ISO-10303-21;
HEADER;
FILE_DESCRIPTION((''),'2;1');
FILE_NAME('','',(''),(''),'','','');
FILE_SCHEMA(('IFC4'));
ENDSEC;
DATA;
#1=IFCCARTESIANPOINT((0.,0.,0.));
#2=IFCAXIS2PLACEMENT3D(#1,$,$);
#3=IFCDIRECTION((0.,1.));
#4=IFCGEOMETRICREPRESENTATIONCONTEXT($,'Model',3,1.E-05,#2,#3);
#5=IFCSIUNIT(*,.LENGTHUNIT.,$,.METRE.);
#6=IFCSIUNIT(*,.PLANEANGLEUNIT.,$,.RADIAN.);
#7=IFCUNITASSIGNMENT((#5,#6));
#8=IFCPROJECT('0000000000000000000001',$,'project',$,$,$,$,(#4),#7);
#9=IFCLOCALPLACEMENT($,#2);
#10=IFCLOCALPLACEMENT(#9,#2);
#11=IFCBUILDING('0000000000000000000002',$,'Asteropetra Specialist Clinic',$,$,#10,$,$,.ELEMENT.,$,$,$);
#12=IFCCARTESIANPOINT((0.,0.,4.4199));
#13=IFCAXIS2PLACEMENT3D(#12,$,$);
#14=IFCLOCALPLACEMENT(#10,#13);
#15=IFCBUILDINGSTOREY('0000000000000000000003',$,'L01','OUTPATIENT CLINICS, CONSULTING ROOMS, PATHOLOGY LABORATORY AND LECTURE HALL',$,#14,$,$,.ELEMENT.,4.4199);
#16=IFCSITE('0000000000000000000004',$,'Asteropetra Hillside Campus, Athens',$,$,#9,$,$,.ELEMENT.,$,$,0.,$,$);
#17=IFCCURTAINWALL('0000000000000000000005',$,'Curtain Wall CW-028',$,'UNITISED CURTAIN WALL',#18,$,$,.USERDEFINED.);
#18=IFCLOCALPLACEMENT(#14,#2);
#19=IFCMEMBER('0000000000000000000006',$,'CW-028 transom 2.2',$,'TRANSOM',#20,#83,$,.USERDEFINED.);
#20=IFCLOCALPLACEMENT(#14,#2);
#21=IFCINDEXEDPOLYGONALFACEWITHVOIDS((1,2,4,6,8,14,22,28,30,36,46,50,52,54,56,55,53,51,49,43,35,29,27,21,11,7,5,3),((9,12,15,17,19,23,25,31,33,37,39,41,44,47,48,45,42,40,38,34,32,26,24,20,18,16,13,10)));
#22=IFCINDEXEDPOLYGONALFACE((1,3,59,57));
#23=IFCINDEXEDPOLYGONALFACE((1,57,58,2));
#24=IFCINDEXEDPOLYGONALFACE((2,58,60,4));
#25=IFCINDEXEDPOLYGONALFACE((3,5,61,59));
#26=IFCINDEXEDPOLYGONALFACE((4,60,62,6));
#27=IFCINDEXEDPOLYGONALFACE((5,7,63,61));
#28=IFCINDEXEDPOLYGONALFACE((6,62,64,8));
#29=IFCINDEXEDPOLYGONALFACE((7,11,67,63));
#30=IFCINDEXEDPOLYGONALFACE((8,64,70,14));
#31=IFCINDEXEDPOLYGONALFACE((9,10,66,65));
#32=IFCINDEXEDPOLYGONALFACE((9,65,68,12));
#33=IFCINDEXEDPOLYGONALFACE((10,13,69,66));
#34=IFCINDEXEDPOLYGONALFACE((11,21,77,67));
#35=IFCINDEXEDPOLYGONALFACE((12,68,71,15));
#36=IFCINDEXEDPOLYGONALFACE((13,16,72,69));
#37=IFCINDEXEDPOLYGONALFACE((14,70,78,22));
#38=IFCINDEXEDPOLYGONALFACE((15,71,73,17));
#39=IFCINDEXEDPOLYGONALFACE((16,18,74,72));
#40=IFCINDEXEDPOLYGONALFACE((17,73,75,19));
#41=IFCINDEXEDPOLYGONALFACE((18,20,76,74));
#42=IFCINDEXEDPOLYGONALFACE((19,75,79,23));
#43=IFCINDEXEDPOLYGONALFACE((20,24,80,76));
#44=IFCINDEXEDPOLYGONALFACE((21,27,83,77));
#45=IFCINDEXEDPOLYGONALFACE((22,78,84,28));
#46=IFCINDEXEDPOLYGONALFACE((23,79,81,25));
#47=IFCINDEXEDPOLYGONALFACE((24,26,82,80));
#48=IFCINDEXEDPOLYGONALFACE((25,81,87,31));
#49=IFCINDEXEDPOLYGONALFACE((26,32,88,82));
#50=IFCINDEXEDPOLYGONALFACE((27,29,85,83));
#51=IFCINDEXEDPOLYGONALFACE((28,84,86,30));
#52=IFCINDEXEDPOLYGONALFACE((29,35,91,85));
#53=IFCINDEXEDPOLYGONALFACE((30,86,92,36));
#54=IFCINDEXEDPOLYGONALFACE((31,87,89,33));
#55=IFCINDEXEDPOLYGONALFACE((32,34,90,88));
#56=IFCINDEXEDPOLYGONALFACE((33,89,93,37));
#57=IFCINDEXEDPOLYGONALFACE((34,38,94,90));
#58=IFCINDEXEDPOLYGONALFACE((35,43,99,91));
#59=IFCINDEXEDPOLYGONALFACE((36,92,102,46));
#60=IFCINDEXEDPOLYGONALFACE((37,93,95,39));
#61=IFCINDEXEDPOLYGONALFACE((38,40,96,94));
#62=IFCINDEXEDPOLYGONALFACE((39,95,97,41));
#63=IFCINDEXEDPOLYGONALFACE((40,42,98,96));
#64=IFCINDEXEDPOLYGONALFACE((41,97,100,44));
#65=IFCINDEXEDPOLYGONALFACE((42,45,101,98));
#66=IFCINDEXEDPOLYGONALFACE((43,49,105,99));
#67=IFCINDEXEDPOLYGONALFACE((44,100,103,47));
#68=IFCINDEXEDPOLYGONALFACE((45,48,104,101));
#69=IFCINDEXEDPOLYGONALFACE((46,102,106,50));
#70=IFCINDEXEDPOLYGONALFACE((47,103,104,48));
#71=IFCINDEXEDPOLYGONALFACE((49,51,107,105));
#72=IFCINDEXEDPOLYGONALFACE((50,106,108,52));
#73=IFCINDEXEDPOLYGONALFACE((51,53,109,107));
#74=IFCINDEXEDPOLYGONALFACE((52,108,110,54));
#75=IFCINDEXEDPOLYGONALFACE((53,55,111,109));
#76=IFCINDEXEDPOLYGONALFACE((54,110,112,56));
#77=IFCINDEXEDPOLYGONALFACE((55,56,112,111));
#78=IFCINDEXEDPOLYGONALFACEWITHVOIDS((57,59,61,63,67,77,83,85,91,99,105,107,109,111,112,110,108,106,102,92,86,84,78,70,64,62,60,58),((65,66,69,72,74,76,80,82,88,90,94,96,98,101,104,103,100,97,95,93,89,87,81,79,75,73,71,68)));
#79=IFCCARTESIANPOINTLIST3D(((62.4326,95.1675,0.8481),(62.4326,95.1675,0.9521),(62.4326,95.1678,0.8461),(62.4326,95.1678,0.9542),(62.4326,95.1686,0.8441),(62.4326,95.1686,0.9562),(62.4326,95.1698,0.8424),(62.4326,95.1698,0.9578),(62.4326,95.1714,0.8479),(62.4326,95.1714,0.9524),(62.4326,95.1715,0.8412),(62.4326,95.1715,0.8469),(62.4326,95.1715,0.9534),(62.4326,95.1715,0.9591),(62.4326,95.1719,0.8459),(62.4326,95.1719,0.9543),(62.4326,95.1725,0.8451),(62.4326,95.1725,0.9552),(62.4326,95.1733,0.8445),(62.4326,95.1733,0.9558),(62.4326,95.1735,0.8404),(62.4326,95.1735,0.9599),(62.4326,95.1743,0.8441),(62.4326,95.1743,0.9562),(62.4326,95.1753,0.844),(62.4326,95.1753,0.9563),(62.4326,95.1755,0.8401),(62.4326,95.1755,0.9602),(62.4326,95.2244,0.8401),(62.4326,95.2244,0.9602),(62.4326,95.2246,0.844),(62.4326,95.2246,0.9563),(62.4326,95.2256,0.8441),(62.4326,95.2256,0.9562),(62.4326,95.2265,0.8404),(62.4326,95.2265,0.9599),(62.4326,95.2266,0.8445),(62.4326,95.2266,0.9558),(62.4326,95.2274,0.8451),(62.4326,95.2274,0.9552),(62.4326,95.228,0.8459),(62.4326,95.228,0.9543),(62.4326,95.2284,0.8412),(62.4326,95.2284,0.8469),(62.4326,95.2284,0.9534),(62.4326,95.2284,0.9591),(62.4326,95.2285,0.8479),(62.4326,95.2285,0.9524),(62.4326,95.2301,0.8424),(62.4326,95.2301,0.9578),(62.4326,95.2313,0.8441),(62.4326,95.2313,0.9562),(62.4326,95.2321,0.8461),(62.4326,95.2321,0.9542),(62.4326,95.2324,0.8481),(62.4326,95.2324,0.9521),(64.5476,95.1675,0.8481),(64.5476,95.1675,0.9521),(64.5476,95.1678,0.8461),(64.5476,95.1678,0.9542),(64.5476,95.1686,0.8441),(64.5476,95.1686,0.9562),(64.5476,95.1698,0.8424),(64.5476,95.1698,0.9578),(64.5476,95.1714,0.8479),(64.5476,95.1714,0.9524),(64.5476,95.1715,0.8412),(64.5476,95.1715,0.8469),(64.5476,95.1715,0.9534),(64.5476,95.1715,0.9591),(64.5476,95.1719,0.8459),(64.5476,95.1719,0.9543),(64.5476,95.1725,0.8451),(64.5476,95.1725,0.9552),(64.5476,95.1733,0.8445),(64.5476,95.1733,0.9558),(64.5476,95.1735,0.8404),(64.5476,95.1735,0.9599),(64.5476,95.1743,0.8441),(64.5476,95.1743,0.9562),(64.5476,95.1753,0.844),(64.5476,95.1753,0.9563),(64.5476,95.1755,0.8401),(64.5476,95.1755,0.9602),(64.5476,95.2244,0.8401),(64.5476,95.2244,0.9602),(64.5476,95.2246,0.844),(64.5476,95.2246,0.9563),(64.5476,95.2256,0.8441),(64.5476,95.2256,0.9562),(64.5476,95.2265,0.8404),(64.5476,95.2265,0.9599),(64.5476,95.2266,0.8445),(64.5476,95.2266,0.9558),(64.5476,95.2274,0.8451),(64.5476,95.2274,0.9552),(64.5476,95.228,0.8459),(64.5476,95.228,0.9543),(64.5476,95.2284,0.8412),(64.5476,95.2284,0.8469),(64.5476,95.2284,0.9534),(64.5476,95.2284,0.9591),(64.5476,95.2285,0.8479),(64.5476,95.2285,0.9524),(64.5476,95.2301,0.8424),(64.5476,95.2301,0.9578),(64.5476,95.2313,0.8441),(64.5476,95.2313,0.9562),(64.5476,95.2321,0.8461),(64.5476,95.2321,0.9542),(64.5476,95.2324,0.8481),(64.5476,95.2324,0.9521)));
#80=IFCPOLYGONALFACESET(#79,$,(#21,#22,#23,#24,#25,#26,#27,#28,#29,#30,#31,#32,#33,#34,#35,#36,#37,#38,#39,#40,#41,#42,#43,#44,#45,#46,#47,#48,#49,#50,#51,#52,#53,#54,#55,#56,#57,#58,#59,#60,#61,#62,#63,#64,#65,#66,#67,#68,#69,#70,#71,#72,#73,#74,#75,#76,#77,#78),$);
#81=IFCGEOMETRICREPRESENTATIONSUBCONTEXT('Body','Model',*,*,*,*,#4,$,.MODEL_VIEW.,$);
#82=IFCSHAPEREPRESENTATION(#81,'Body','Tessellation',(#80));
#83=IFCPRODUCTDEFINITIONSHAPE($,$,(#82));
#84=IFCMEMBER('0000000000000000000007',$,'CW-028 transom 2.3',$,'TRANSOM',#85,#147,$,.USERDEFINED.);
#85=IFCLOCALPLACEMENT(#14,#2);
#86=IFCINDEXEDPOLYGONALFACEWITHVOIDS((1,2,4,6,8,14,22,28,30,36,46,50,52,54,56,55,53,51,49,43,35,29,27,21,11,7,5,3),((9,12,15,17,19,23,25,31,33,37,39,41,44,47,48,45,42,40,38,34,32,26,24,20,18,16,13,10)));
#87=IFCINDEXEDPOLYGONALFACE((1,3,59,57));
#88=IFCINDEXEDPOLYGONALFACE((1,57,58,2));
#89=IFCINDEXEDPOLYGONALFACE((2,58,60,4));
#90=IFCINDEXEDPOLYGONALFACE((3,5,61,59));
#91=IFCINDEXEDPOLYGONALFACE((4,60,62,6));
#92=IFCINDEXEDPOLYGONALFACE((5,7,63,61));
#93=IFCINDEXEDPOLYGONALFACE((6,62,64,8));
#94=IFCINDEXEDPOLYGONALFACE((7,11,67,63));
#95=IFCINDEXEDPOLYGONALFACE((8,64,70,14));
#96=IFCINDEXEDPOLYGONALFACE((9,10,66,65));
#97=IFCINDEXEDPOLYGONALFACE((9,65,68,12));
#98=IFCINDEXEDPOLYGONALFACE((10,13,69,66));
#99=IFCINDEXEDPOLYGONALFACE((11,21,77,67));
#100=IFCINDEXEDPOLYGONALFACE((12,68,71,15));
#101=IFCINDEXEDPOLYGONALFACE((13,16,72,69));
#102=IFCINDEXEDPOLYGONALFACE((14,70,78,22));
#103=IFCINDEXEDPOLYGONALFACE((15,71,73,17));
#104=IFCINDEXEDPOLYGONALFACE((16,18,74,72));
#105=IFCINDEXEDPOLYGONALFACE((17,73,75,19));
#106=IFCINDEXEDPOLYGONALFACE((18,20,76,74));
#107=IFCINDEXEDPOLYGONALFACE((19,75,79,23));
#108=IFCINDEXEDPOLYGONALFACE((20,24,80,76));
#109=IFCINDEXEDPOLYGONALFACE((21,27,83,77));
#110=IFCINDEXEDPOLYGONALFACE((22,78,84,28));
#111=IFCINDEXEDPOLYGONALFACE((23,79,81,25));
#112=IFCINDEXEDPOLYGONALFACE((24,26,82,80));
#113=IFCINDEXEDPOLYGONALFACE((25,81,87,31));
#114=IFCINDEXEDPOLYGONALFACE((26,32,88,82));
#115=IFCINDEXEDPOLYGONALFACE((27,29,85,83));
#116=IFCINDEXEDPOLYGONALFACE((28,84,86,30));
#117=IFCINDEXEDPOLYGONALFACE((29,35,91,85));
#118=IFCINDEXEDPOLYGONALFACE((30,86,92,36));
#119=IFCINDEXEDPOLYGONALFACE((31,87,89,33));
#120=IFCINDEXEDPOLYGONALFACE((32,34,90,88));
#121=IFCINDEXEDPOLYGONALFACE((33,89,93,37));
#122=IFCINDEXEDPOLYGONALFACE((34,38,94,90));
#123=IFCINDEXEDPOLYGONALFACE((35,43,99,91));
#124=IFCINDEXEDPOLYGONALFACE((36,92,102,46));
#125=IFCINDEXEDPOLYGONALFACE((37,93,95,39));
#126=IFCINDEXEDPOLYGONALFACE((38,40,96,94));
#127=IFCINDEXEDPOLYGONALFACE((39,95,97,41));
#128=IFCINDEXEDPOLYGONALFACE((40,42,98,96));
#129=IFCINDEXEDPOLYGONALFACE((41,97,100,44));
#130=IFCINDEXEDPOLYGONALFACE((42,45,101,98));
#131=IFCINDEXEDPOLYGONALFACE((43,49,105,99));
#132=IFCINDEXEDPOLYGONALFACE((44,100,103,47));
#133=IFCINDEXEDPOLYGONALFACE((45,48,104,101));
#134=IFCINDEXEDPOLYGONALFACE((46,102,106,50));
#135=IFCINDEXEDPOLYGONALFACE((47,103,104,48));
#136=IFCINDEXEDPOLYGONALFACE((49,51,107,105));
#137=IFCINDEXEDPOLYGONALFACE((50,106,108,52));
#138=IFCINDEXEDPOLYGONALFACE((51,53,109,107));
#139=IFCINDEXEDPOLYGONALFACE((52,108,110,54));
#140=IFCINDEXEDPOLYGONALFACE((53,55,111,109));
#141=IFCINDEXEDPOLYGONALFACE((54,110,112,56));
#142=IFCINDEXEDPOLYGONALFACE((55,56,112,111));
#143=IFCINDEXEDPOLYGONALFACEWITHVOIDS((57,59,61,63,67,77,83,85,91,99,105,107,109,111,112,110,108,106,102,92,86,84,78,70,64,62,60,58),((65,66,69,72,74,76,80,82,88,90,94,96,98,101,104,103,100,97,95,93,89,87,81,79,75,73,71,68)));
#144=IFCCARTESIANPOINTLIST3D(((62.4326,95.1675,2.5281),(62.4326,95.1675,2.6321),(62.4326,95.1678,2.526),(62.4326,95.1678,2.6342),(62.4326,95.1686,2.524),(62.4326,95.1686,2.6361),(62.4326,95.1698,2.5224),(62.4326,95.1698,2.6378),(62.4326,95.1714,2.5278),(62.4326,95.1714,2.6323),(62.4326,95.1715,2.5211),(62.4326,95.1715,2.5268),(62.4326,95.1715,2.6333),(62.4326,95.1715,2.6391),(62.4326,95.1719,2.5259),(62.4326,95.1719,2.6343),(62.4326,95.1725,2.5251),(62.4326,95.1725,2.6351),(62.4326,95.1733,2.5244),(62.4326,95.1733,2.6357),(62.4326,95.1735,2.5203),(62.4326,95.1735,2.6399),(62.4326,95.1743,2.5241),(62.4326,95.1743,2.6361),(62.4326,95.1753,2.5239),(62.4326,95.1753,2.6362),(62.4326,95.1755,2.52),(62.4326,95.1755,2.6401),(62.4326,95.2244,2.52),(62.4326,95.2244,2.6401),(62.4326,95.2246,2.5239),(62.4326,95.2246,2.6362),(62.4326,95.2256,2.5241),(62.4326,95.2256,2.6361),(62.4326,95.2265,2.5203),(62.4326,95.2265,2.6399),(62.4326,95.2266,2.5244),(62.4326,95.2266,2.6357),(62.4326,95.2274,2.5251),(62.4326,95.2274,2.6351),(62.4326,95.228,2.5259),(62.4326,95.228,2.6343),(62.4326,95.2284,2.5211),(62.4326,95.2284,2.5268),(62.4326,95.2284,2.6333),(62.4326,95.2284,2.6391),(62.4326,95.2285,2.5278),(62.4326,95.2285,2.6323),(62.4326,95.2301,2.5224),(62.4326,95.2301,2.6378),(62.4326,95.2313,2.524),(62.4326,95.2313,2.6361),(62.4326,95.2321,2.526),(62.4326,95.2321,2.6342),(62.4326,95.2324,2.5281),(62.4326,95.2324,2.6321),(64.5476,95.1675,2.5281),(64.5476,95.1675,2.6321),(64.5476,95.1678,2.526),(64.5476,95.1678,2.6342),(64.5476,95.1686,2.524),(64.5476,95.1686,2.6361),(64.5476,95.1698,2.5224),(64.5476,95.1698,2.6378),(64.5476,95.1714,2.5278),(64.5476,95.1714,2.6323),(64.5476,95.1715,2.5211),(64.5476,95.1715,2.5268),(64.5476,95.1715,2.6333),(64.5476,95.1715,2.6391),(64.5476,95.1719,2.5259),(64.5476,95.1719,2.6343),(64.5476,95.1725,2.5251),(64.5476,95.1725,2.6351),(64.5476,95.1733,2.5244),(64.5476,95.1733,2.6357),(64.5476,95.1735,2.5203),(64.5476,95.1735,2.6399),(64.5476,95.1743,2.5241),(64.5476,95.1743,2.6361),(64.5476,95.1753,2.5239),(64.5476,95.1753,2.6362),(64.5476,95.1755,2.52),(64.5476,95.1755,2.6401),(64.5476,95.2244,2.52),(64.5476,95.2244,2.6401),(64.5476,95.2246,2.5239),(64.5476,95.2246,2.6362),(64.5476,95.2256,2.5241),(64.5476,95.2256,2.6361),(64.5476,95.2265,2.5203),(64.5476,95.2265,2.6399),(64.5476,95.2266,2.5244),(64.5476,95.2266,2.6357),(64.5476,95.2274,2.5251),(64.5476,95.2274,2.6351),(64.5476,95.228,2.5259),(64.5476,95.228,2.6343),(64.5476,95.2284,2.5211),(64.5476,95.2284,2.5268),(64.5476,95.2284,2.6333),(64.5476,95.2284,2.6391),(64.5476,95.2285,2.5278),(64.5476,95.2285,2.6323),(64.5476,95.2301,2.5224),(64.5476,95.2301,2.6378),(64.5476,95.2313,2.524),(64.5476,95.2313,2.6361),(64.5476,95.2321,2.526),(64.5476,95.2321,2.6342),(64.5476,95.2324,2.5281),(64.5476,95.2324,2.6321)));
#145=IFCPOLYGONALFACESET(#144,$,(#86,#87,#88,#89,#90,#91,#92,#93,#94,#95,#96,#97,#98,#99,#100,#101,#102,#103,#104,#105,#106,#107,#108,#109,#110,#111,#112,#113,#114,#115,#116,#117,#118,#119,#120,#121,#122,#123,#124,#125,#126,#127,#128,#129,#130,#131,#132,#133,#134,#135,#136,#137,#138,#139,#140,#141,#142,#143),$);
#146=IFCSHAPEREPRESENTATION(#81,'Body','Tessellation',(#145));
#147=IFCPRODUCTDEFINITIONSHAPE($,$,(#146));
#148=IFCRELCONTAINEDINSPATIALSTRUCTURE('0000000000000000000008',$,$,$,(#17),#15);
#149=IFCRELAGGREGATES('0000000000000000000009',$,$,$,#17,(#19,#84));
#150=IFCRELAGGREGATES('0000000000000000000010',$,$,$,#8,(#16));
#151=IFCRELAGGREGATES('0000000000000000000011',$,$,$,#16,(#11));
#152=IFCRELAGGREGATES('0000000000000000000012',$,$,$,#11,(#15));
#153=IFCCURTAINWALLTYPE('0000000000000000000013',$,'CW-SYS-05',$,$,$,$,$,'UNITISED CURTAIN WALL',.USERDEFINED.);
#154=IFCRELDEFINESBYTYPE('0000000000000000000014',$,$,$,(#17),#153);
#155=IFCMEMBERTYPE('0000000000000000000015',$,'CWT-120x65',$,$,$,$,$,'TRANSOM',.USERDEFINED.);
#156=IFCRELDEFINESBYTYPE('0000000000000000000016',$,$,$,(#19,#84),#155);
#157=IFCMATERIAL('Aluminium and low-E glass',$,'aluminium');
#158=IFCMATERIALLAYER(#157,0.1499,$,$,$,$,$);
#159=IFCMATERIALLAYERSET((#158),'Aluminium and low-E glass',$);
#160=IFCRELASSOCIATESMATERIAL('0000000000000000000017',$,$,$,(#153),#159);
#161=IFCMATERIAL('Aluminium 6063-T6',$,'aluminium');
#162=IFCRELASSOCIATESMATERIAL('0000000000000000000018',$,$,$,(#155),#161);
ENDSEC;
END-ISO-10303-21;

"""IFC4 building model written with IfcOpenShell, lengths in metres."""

from ifc_helpers import new_model, si_unit, direction, frame, origin, origin_2d, place, context, subcontext, project, spatial, hollow_rectangle, extrude, material, layer, layer_set, material_profile, profile_set, type_object, element, aggregate, save


model = new_model("IFC4")

# Units and contexts
model_context = context("Model", 3, precision=1e-05, world=origin(), true_north=direction((0.0, 1.0)))
body_context = subcontext(model_context, "Body", "Model", "MODEL_VIEW")
ifc_project = project(units=[si_unit("LENGTHUNIT", "METRE"), si_unit("PLANEANGLEUNIT", "RADIAN")], contexts=[model_context])

# Site, building, storey
site_placement = place(None, origin())
site = spatial("IfcSite", under=ifc_project, at=site_placement, Name="Asteropetra Hillside Campus, Athens", CompositionType="ELEMENT", RefElevation=0.0)
building_placement = place(site_placement, origin())
building = spatial("IfcBuilding", under=site, at=building_placement, Name="Asteropetra Specialist Clinic", CompositionType="ELEMENT")
storey_placement = place(building_placement, frame((0.0, 0.0, 4.4199)))
storey = spatial("IfcBuildingStorey", under=building, at=storey_placement, Name="L01", Description="OUTPATIENT CLINICS, CONSULTING ROOMS, PATHOLOGY LABORATORY AND LECTURE HALL", CompositionType="ELEMENT", Elevation=4.4199)

# Curtain wall, members
ifc_material_1 = material(Name="Aluminium and low-E glass", Category="aluminium")
ifc_layer_1 = layer(ifc_material_1, 0.1499)
ifc_layer_set_1 = layer_set([ifc_layer_1], Name="Aluminium and low-E glass")
curtain_wall_type = type_object("IfcCurtainWallType", Name="CW-SYS-05", ElementType="UNITISED CURTAIN WALL", PredefinedType="USERDEFINED", material=ifc_layer_set_1)
curtain_wall_placement = place(storey_placement, origin())
curtain_wall = element("IfcCurtainWall", 1, at=curtain_wall_placement, inside=storey, type_object=curtain_wall_type, Name="Curtain Wall CW-028", ObjectType="UNITISED CURTAIN WALL", PredefinedType="USERDEFINED")
ifc_material_2 = material(Name="Aluminium 6063-T6", Category="aluminium")
ifc_material_profile_1 = material_profile(ifc_material_2, hollow_rectangle(XDim=0.0649, YDim=0.1201, WallThickness=0.0039, InnerFilletRadius=0.0039, OuterFilletRadius=0.0081, at=origin_2d()), Name="TRN 120x65x4.0")
ifc_profile_set_1 = profile_set([ifc_material_profile_1], Name="Aluminium 6063-T6")
member_type_1 = type_object("IfcMemberType", Name="CWT-120x65", ElementType="TRANSOM", PredefinedType="USERDEFINED", material=ifc_profile_set_1)
member_1_placement = place(storey_placement, frame((64.5476, 95.2, 0.9001), z_axis=(-1.0, 0.0, 0.0), x_axis=(0.0, -1.0, 0.0)))
member_1 = element("IfcMember", 2, at=member_1_placement, type_object=member_type_1, Name="CW-028 transom 2.2", ObjectType="TRANSOM", PredefinedType="USERDEFINED", context=body_context, shape_type="SweptSolid", body=[
    extrude(hollow_rectangle(XDim=0.0649, YDim=0.1201, WallThickness=0.0039, InnerFilletRadius=0.0039, OuterFilletRadius=0.0081, at=origin_2d()), origin(), (0.0, 0.0, 1.0), 2.115),
])
member_2_placement = place(storey_placement, frame((64.5476, 95.2, 2.5801), z_axis=(-1.0, 0.0, 0.0), x_axis=(0.0, -1.0, 0.0)))
member_2 = element("IfcMember", 3, at=member_2_placement, type_object=member_type_1, Name="CW-028 transom 2.3", ObjectType="TRANSOM", PredefinedType="USERDEFINED", context=body_context, shape_type="SweptSolid", body=[
    extrude(hollow_rectangle(XDim=0.0649, YDim=0.1201, WallThickness=0.0039, InnerFilletRadius=0.0039, OuterFilletRadius=0.0081, at=origin_2d()), origin(), (0.0, 0.0, 1.0), 2.115),
])
aggregate(curtain_wall, [member_1, member_2])

save(model, "model.ifc")
